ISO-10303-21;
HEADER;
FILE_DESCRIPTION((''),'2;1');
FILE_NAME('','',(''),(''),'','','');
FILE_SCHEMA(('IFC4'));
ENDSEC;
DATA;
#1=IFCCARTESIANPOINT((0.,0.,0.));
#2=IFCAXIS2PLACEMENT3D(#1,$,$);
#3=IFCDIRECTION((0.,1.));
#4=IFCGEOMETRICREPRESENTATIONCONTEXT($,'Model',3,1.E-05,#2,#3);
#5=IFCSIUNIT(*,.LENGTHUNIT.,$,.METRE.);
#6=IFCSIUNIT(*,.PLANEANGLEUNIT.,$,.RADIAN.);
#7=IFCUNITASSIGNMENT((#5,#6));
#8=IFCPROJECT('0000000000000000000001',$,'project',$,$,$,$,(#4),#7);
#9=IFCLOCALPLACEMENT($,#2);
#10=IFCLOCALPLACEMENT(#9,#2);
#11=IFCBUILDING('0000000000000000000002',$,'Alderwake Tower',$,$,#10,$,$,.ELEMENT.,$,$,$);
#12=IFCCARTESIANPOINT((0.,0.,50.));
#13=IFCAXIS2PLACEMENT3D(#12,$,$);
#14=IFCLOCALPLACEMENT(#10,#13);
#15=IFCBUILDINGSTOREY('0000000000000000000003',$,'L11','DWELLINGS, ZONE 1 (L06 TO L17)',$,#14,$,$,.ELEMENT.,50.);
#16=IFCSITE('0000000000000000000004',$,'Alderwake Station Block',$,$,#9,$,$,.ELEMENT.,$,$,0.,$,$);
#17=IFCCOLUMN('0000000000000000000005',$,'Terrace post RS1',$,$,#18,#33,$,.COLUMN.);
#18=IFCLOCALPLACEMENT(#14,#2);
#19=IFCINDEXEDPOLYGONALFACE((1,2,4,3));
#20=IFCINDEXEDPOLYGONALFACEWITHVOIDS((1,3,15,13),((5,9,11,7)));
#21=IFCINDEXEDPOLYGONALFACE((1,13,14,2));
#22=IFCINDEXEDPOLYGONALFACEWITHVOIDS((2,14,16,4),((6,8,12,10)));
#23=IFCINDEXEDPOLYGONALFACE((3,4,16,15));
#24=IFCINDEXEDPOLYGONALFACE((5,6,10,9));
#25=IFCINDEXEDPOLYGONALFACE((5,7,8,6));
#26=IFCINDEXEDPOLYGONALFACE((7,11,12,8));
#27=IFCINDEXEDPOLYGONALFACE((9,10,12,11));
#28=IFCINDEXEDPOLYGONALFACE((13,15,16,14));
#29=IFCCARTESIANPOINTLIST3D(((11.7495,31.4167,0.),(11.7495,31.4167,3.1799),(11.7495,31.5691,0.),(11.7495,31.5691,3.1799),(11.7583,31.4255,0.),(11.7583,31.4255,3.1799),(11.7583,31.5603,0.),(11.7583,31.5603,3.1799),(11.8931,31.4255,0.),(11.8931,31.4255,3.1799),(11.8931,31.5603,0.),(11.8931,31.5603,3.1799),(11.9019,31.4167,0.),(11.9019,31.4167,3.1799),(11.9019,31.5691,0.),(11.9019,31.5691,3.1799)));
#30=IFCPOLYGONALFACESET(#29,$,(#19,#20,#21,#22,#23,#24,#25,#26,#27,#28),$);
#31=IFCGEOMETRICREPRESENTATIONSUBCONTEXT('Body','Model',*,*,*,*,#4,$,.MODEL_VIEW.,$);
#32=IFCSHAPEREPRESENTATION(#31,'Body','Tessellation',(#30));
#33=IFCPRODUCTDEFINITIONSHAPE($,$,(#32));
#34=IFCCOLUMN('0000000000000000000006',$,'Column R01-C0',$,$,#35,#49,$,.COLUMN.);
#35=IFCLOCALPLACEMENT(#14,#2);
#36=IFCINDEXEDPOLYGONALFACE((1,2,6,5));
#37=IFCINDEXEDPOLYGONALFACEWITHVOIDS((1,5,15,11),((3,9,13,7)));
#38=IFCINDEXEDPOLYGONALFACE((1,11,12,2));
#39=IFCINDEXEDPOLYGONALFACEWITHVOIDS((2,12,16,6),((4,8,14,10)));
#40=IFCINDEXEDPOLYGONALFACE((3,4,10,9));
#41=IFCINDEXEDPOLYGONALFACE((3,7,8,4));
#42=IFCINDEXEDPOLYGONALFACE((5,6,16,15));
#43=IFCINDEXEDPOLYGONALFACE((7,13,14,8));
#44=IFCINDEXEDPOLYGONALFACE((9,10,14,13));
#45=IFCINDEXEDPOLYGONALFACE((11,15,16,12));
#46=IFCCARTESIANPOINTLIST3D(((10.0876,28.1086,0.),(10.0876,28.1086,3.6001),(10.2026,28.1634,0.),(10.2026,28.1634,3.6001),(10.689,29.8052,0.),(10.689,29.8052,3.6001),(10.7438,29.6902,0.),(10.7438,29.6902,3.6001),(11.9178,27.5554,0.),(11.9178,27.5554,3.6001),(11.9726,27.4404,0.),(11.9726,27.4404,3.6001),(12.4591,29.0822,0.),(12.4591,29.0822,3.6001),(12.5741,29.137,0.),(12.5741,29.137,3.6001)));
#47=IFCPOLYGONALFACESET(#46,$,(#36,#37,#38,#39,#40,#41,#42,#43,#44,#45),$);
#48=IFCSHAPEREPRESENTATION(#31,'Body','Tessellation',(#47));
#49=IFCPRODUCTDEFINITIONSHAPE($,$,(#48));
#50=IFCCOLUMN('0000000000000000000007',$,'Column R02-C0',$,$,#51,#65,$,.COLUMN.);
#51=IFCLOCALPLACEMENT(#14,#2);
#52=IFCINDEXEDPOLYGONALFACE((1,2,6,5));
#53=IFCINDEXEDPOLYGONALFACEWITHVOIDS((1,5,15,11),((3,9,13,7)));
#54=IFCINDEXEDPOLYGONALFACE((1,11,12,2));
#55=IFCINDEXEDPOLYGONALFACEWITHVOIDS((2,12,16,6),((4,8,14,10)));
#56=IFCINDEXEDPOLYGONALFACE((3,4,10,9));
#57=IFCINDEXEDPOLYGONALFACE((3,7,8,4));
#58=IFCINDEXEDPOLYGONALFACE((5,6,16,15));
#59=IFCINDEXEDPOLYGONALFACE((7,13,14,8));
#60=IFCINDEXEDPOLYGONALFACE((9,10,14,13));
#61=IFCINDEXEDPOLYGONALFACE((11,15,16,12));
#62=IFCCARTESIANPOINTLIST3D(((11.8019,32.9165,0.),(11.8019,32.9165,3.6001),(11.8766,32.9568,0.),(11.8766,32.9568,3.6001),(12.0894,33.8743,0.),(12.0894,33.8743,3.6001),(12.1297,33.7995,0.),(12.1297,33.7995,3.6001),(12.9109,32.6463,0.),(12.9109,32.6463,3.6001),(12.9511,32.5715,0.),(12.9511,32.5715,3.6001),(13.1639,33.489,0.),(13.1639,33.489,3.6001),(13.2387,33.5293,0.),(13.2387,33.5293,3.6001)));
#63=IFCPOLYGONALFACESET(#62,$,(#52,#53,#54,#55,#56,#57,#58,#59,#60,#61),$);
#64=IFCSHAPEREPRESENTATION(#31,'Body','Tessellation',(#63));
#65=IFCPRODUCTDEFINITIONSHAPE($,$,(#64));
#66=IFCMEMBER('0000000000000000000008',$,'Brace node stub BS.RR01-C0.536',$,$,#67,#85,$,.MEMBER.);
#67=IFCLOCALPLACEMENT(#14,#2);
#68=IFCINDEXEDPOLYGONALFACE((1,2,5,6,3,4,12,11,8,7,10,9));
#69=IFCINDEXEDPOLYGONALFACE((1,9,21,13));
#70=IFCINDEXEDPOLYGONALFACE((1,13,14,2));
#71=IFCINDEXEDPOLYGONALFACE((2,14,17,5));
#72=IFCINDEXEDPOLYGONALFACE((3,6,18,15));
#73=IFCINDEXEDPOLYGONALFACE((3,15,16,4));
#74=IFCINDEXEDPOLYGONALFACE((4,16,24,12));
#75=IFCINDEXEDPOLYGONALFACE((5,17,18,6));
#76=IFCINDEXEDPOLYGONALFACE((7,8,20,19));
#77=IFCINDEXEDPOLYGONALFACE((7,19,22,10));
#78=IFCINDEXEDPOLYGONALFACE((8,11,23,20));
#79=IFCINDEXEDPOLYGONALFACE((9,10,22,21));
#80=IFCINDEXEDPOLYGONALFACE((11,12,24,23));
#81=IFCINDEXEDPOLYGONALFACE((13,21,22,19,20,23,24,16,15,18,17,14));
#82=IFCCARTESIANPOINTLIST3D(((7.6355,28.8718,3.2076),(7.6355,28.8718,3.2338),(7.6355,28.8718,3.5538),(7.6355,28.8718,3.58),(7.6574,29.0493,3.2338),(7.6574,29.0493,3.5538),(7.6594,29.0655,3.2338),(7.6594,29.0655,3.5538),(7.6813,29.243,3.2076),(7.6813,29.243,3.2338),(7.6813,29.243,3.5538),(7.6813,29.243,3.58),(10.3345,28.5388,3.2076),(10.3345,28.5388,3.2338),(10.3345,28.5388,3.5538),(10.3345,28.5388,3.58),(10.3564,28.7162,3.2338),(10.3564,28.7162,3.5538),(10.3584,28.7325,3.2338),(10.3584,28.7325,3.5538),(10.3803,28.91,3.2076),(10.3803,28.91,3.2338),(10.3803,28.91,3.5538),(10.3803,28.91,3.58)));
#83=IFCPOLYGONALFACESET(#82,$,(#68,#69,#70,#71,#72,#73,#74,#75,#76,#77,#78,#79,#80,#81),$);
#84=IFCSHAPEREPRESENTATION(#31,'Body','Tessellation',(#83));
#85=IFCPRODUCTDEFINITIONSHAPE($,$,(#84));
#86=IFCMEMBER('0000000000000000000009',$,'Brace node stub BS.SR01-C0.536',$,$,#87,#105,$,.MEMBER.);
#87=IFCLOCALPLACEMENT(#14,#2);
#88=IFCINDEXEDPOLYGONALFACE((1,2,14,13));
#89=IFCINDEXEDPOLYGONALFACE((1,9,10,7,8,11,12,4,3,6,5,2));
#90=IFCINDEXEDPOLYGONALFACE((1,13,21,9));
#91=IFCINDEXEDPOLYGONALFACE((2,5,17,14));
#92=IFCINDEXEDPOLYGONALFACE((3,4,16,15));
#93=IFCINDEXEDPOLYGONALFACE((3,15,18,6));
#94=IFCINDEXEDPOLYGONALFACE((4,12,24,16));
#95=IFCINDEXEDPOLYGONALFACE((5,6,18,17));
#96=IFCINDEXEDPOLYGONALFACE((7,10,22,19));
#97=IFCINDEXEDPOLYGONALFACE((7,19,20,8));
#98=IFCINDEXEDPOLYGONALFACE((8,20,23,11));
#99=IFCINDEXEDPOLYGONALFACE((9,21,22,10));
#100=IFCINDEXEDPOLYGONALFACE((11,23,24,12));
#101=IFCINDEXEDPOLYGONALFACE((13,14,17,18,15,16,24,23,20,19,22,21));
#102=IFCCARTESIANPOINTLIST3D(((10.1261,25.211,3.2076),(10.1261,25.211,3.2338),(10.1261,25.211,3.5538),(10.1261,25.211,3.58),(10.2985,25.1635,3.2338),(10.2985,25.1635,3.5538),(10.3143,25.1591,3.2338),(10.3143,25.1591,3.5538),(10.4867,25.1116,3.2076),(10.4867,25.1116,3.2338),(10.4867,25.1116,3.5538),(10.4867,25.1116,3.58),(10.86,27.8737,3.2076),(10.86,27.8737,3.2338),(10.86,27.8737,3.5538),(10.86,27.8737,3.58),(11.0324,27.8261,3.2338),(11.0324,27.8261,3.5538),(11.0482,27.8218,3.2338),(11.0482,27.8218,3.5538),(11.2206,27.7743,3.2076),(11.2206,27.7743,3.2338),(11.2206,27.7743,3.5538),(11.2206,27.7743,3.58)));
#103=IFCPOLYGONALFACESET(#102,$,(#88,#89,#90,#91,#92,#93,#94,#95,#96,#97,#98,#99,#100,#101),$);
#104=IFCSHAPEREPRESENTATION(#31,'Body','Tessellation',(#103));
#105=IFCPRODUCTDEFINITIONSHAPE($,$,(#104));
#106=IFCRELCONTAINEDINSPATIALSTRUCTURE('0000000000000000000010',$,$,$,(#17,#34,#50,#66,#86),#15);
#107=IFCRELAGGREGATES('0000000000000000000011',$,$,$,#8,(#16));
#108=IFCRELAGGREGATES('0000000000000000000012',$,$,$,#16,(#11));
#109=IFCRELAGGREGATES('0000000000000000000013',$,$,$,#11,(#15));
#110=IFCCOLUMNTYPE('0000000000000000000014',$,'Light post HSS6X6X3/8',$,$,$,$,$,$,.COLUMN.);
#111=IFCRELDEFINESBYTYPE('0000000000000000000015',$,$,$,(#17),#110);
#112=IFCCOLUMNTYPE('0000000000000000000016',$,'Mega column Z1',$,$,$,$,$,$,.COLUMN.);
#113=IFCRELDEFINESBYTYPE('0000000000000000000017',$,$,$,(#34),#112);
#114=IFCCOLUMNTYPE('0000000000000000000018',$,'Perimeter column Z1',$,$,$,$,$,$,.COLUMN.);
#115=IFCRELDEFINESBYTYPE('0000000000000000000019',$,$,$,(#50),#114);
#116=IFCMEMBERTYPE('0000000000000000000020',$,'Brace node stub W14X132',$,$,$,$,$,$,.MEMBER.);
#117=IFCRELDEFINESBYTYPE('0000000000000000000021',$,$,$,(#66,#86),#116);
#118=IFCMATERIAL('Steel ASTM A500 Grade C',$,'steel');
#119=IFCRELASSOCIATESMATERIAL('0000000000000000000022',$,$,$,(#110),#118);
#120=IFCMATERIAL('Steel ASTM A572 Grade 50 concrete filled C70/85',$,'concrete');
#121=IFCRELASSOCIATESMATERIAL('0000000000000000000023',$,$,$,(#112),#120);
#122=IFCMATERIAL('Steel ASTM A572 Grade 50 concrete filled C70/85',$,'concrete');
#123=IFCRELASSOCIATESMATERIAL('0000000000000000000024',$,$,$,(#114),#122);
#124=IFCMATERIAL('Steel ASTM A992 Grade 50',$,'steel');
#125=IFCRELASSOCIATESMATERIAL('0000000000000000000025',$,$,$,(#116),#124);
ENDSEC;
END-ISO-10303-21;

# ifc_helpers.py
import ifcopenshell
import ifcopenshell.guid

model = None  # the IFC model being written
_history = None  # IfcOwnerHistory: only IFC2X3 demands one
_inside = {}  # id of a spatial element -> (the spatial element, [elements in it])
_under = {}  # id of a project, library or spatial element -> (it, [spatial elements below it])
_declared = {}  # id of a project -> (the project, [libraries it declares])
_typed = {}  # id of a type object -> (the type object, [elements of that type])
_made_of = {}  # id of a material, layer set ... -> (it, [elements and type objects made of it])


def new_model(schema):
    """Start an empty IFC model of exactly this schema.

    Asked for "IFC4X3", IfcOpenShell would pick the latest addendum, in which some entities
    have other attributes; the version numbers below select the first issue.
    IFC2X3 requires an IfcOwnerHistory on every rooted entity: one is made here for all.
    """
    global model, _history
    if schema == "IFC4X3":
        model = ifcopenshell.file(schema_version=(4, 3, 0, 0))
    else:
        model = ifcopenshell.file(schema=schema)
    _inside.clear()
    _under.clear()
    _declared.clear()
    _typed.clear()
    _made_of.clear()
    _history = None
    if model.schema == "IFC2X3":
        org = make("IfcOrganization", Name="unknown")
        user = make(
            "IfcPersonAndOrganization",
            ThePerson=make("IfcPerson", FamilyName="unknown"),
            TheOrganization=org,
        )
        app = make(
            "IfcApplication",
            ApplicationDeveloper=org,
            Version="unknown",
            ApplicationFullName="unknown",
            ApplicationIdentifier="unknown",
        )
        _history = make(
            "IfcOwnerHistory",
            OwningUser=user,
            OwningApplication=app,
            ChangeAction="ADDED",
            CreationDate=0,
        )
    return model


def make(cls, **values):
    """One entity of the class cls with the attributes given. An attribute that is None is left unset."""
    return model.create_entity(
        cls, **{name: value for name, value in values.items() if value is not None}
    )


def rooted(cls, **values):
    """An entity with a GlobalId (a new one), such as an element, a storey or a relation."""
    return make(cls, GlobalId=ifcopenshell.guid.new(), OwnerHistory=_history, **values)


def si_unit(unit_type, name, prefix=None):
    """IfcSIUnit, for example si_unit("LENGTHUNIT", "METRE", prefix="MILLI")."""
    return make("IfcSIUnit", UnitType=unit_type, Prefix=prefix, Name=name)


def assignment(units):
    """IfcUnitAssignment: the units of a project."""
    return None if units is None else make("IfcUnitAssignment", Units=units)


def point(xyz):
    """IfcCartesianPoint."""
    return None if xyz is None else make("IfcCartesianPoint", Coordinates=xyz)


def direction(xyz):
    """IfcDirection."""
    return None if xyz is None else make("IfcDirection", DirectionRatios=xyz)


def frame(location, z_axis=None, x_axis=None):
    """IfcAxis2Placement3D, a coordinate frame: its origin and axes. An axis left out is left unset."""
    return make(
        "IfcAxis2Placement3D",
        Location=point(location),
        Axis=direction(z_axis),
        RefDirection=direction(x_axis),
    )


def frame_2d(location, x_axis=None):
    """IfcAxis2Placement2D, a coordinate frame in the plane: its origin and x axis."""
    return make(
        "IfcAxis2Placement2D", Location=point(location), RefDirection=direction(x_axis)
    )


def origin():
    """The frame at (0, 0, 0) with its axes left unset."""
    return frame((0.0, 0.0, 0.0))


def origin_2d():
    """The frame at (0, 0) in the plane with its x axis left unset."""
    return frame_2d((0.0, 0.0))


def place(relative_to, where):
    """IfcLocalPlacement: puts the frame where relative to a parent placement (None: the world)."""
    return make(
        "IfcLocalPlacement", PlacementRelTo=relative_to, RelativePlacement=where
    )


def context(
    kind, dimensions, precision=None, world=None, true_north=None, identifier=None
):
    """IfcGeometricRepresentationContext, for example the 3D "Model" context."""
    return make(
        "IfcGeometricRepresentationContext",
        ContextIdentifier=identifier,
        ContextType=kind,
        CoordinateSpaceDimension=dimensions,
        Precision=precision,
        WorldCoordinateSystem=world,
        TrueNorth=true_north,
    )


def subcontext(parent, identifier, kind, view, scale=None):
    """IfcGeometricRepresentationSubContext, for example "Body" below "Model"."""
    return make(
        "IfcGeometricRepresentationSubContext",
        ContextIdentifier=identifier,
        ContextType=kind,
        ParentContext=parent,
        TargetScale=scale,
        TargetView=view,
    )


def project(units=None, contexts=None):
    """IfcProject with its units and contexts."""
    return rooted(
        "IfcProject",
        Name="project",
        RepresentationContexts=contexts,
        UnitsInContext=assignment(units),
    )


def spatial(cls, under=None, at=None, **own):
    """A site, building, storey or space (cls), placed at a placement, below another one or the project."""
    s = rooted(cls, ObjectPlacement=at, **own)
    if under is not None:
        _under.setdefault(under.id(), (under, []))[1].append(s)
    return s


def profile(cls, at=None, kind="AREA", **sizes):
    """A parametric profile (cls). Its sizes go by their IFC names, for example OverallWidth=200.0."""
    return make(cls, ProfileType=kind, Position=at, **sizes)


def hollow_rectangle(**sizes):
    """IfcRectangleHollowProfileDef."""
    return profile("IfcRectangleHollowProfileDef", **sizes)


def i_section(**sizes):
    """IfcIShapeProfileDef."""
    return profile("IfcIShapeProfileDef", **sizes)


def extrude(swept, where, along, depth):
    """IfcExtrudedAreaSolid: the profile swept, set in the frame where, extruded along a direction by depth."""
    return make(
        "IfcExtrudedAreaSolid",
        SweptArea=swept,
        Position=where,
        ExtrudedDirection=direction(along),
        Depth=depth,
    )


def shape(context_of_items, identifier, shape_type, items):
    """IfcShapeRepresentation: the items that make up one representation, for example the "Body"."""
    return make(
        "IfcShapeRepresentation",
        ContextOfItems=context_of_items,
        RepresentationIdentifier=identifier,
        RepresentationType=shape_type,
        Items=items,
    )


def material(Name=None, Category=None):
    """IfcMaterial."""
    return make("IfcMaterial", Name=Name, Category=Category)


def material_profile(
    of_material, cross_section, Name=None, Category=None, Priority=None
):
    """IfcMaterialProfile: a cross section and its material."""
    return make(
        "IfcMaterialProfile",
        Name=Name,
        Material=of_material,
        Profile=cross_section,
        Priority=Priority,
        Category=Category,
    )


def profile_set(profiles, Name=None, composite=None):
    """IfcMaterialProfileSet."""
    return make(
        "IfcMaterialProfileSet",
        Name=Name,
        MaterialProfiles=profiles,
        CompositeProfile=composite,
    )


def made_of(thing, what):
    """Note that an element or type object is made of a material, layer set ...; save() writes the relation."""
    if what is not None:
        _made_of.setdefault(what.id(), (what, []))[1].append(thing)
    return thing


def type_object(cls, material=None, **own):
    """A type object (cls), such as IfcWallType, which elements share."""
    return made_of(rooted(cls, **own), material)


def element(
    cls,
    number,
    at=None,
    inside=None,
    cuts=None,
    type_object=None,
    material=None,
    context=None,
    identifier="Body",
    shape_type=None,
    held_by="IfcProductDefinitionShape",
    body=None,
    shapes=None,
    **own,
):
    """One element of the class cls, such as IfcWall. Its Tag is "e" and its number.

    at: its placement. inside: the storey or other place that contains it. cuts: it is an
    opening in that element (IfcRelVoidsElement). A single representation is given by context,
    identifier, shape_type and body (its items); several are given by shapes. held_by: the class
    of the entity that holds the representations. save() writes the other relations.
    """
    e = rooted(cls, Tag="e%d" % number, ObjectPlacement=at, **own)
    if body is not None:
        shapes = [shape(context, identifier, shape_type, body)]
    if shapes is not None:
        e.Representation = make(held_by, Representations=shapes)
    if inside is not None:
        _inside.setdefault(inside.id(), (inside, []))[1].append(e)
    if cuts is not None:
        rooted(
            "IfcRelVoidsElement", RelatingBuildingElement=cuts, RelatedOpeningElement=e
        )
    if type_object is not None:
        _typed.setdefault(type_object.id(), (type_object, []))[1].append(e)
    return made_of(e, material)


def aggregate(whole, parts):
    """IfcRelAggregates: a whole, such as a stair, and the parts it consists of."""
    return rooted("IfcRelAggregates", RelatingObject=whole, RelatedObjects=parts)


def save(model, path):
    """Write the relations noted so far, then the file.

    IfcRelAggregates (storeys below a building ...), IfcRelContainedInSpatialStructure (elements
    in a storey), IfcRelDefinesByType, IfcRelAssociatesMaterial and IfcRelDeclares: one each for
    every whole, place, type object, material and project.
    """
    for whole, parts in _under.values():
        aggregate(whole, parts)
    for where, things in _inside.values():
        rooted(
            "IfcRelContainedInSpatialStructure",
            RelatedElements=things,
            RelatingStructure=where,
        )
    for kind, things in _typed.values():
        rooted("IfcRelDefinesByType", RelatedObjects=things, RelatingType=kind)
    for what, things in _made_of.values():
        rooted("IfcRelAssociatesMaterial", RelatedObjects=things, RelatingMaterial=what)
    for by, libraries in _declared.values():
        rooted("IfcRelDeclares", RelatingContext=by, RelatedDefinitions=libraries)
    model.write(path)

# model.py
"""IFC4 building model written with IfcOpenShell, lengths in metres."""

from ifc_helpers import new_model, si_unit, direction, frame, origin, origin_2d, place, context, subcontext, project, spatial, hollow_rectangle, i_section, extrude, material, material_profile, profile_set, type_object, element, save


model = new_model("IFC4")

# Units and contexts
model_context = context("Model", 3, precision=1e-05, world=origin(), true_north=direction((0.0, 1.0)))
body_context = subcontext(model_context, "Body", "Model", "MODEL_VIEW")
ifc_project = project(units=[si_unit("LENGTHUNIT", "METRE"), si_unit("PLANEANGLEUNIT", "RADIAN")], contexts=[model_context])

# Site, building, storey
site_placement = place(None, origin())
site = spatial("IfcSite", under=ifc_project, at=site_placement, Name="Alderwake Station Block", CompositionType="ELEMENT", RefElevation=0.0)
building_placement = place(site_placement, origin())
building = spatial("IfcBuilding", under=site, at=building_placement, Name="Alderwake Tower", CompositionType="ELEMENT")
storey_placement = place(building_placement, frame((0.0, 0.0, 50.0)))
storey = spatial("IfcBuildingStorey", under=building, at=storey_placement, Name="L11", Description="DWELLINGS, ZONE 1 (L06 TO L17)", CompositionType="ELEMENT", Elevation=50.0)

# Columns
ifc_material_1 = material(Name="Steel ASTM A500 Grade C", Category="steel")
ifc_material_profile_1 = material_profile(ifc_material_1, hollow_rectangle(XDim=0.1523, YDim=0.1523, WallThickness=0.0088, at=origin_2d()), Name="HSS6X6X3/8")
ifc_profile_set_1 = profile_set([ifc_material_profile_1], Name="Steel ASTM A500 Grade C")
column_type_1 = type_object("IfcColumnType", Name="Light post HSS6X6X3/8", PredefinedType="COLUMN", material=ifc_profile_set_1)
column_1_placement = place(storey_placement, frame((11.8257, 31.4929, 0.0), z_axis=(0.0, 0.0, 1.0), x_axis=(1.0, 0.0, 0.0)))
element("IfcColumn", 1, at=column_1_placement, inside=storey, type_object=column_type_1, Name="Terrace post RS1", PredefinedType="COLUMN", context=body_context, shape_type="SweptSolid", body=[
    extrude(hollow_rectangle(XDim=0.1523, YDim=0.1523, WallThickness=0.0088, at=origin_2d()), origin(), (0.0, 0.0, 1.0), 3.1799),
])
ifc_material_2 = material(Name="Steel ASTM A572 Grade 50 concrete filled C70/85", Category="concrete")
ifc_material_profile_2 = material_profile(ifc_material_2, hollow_rectangle(XDim=1.8, YDim=2.0, WallThickness=0.0901, at=origin_2d()), Name="BOX 2000X1800X90")
ifc_profile_set_2 = profile_set([ifc_material_profile_2], Name="Steel ASTM A572 Grade 50 concrete filled C70/85")
column_type_2 = type_object("IfcColumnType", Name="Mega column Z1", PredefinedType="COLUMN", material=ifc_profile_set_2)
column_2_placement = place(storey_placement, frame((11.3308, 28.6228, 0.0), z_axis=(0.0, 0.0, 1.0), x_axis=(0.334131, 0.942527, 0.0)))
element("IfcColumn", 2, at=column_2_placement, inside=storey, type_object=column_type_2, Name="Column R01-C0", PredefinedType="COLUMN", context=body_context, shape_type="SweptSolid", body=[
    extrude(hollow_rectangle(XDim=1.8, YDim=2.0, WallThickness=0.0901, at=origin_2d()), origin(), (0.0, 0.0, 1.0), 3.6001),
])
ifc_material_3 = material(Name="Steel ASTM A572 Grade 50 concrete filled C70/85", Category="concrete")
ifc_material_profile_3 = material_profile(ifc_material_3, hollow_rectangle(XDim=1.0, YDim=1.2, WallThickness=0.0601, at=origin_2d()), Name="BOX 1200X1000X60")
ifc_profile_set_3 = profile_set([ifc_material_profile_3], Name="Steel ASTM A572 Grade 50 concrete filled C70/85")
column_type_3 = type_object("IfcColumnType", Name="Perimeter column Z1", PredefinedType="COLUMN", material=ifc_profile_set_3)
column_3_placement = place(storey_placement, frame((12.5203, 33.2229, 0.0), z_axis=(0.0, 0.0, 1.0), x_axis=(0.287549, 0.957766, 0.0)))
element("IfcColumn", 3, at=column_3_placement, inside=storey, type_object=column_type_3, Name="Column R02-C0", PredefinedType="COLUMN", context=body_context, shape_type="SweptSolid", body=[
    extrude(hollow_rectangle(XDim=1.0, YDim=1.2, WallThickness=0.0601, at=origin_2d()), origin(), (0.0, 0.0, 1.0), 3.6001),
])

# Members
ifc_material_4 = material(Name="Steel ASTM A992 Grade 50", Category="steel")
ifc_material_profile_4 = material_profile(ifc_material_4, i_section(OverallWidth=0.374, OverallDepth=0.3723, WebThickness=0.0164, FlangeThickness=0.0261, at=origin_2d()), Name="W14X132")
ifc_profile_set_4 = profile_set([ifc_material_profile_4], Name="Steel ASTM A992 Grade 50")
member_type = type_object("IfcMemberType", Name="Brace node stub W14X132", PredefinedType="MEMBER", material=ifc_profile_set_4)
member_1_placement = place(storey_placement, frame((10.3574, 28.7244, 3.3938), z_axis=(-0.992474, 0.122455, 0.0), x_axis=(-0.122455, -0.992474, 0.0)))
element("IfcMember", 4, at=member_1_placement, inside=storey, type_object=member_type, Name="Brace node stub BS.RR01-C0.536", PredefinedType="MEMBER", context=body_context, shape_type="SweptSolid", body=[
    extrude(i_section(OverallWidth=0.374, OverallDepth=0.3723, WebThickness=0.0164, FlangeThickness=0.0261, at=origin_2d()), origin(), (0.0, 0.0, 1.0), 2.7195),
])
member_2_placement = place(storey_placement, frame((11.0403, 27.824, 3.3938), z_axis=(-0.265719, -0.96405, 0.0), x_axis=(0.96405, -0.265719, 0.0)))
element("IfcMember", 5, at=member_2_placement, inside=storey, type_object=member_type, Name="Brace node stub BS.SR01-C0.536", PredefinedType="MEMBER", context=body_context, shape_type="SweptSolid", body=[
    extrude(i_section(OverallWidth=0.374, OverallDepth=0.3723, WebThickness=0.0164, FlangeThickness=0.0261, at=origin_2d()), origin(), (0.0, 0.0, 1.0), 2.762),
])

save(model, "model.ifc")
